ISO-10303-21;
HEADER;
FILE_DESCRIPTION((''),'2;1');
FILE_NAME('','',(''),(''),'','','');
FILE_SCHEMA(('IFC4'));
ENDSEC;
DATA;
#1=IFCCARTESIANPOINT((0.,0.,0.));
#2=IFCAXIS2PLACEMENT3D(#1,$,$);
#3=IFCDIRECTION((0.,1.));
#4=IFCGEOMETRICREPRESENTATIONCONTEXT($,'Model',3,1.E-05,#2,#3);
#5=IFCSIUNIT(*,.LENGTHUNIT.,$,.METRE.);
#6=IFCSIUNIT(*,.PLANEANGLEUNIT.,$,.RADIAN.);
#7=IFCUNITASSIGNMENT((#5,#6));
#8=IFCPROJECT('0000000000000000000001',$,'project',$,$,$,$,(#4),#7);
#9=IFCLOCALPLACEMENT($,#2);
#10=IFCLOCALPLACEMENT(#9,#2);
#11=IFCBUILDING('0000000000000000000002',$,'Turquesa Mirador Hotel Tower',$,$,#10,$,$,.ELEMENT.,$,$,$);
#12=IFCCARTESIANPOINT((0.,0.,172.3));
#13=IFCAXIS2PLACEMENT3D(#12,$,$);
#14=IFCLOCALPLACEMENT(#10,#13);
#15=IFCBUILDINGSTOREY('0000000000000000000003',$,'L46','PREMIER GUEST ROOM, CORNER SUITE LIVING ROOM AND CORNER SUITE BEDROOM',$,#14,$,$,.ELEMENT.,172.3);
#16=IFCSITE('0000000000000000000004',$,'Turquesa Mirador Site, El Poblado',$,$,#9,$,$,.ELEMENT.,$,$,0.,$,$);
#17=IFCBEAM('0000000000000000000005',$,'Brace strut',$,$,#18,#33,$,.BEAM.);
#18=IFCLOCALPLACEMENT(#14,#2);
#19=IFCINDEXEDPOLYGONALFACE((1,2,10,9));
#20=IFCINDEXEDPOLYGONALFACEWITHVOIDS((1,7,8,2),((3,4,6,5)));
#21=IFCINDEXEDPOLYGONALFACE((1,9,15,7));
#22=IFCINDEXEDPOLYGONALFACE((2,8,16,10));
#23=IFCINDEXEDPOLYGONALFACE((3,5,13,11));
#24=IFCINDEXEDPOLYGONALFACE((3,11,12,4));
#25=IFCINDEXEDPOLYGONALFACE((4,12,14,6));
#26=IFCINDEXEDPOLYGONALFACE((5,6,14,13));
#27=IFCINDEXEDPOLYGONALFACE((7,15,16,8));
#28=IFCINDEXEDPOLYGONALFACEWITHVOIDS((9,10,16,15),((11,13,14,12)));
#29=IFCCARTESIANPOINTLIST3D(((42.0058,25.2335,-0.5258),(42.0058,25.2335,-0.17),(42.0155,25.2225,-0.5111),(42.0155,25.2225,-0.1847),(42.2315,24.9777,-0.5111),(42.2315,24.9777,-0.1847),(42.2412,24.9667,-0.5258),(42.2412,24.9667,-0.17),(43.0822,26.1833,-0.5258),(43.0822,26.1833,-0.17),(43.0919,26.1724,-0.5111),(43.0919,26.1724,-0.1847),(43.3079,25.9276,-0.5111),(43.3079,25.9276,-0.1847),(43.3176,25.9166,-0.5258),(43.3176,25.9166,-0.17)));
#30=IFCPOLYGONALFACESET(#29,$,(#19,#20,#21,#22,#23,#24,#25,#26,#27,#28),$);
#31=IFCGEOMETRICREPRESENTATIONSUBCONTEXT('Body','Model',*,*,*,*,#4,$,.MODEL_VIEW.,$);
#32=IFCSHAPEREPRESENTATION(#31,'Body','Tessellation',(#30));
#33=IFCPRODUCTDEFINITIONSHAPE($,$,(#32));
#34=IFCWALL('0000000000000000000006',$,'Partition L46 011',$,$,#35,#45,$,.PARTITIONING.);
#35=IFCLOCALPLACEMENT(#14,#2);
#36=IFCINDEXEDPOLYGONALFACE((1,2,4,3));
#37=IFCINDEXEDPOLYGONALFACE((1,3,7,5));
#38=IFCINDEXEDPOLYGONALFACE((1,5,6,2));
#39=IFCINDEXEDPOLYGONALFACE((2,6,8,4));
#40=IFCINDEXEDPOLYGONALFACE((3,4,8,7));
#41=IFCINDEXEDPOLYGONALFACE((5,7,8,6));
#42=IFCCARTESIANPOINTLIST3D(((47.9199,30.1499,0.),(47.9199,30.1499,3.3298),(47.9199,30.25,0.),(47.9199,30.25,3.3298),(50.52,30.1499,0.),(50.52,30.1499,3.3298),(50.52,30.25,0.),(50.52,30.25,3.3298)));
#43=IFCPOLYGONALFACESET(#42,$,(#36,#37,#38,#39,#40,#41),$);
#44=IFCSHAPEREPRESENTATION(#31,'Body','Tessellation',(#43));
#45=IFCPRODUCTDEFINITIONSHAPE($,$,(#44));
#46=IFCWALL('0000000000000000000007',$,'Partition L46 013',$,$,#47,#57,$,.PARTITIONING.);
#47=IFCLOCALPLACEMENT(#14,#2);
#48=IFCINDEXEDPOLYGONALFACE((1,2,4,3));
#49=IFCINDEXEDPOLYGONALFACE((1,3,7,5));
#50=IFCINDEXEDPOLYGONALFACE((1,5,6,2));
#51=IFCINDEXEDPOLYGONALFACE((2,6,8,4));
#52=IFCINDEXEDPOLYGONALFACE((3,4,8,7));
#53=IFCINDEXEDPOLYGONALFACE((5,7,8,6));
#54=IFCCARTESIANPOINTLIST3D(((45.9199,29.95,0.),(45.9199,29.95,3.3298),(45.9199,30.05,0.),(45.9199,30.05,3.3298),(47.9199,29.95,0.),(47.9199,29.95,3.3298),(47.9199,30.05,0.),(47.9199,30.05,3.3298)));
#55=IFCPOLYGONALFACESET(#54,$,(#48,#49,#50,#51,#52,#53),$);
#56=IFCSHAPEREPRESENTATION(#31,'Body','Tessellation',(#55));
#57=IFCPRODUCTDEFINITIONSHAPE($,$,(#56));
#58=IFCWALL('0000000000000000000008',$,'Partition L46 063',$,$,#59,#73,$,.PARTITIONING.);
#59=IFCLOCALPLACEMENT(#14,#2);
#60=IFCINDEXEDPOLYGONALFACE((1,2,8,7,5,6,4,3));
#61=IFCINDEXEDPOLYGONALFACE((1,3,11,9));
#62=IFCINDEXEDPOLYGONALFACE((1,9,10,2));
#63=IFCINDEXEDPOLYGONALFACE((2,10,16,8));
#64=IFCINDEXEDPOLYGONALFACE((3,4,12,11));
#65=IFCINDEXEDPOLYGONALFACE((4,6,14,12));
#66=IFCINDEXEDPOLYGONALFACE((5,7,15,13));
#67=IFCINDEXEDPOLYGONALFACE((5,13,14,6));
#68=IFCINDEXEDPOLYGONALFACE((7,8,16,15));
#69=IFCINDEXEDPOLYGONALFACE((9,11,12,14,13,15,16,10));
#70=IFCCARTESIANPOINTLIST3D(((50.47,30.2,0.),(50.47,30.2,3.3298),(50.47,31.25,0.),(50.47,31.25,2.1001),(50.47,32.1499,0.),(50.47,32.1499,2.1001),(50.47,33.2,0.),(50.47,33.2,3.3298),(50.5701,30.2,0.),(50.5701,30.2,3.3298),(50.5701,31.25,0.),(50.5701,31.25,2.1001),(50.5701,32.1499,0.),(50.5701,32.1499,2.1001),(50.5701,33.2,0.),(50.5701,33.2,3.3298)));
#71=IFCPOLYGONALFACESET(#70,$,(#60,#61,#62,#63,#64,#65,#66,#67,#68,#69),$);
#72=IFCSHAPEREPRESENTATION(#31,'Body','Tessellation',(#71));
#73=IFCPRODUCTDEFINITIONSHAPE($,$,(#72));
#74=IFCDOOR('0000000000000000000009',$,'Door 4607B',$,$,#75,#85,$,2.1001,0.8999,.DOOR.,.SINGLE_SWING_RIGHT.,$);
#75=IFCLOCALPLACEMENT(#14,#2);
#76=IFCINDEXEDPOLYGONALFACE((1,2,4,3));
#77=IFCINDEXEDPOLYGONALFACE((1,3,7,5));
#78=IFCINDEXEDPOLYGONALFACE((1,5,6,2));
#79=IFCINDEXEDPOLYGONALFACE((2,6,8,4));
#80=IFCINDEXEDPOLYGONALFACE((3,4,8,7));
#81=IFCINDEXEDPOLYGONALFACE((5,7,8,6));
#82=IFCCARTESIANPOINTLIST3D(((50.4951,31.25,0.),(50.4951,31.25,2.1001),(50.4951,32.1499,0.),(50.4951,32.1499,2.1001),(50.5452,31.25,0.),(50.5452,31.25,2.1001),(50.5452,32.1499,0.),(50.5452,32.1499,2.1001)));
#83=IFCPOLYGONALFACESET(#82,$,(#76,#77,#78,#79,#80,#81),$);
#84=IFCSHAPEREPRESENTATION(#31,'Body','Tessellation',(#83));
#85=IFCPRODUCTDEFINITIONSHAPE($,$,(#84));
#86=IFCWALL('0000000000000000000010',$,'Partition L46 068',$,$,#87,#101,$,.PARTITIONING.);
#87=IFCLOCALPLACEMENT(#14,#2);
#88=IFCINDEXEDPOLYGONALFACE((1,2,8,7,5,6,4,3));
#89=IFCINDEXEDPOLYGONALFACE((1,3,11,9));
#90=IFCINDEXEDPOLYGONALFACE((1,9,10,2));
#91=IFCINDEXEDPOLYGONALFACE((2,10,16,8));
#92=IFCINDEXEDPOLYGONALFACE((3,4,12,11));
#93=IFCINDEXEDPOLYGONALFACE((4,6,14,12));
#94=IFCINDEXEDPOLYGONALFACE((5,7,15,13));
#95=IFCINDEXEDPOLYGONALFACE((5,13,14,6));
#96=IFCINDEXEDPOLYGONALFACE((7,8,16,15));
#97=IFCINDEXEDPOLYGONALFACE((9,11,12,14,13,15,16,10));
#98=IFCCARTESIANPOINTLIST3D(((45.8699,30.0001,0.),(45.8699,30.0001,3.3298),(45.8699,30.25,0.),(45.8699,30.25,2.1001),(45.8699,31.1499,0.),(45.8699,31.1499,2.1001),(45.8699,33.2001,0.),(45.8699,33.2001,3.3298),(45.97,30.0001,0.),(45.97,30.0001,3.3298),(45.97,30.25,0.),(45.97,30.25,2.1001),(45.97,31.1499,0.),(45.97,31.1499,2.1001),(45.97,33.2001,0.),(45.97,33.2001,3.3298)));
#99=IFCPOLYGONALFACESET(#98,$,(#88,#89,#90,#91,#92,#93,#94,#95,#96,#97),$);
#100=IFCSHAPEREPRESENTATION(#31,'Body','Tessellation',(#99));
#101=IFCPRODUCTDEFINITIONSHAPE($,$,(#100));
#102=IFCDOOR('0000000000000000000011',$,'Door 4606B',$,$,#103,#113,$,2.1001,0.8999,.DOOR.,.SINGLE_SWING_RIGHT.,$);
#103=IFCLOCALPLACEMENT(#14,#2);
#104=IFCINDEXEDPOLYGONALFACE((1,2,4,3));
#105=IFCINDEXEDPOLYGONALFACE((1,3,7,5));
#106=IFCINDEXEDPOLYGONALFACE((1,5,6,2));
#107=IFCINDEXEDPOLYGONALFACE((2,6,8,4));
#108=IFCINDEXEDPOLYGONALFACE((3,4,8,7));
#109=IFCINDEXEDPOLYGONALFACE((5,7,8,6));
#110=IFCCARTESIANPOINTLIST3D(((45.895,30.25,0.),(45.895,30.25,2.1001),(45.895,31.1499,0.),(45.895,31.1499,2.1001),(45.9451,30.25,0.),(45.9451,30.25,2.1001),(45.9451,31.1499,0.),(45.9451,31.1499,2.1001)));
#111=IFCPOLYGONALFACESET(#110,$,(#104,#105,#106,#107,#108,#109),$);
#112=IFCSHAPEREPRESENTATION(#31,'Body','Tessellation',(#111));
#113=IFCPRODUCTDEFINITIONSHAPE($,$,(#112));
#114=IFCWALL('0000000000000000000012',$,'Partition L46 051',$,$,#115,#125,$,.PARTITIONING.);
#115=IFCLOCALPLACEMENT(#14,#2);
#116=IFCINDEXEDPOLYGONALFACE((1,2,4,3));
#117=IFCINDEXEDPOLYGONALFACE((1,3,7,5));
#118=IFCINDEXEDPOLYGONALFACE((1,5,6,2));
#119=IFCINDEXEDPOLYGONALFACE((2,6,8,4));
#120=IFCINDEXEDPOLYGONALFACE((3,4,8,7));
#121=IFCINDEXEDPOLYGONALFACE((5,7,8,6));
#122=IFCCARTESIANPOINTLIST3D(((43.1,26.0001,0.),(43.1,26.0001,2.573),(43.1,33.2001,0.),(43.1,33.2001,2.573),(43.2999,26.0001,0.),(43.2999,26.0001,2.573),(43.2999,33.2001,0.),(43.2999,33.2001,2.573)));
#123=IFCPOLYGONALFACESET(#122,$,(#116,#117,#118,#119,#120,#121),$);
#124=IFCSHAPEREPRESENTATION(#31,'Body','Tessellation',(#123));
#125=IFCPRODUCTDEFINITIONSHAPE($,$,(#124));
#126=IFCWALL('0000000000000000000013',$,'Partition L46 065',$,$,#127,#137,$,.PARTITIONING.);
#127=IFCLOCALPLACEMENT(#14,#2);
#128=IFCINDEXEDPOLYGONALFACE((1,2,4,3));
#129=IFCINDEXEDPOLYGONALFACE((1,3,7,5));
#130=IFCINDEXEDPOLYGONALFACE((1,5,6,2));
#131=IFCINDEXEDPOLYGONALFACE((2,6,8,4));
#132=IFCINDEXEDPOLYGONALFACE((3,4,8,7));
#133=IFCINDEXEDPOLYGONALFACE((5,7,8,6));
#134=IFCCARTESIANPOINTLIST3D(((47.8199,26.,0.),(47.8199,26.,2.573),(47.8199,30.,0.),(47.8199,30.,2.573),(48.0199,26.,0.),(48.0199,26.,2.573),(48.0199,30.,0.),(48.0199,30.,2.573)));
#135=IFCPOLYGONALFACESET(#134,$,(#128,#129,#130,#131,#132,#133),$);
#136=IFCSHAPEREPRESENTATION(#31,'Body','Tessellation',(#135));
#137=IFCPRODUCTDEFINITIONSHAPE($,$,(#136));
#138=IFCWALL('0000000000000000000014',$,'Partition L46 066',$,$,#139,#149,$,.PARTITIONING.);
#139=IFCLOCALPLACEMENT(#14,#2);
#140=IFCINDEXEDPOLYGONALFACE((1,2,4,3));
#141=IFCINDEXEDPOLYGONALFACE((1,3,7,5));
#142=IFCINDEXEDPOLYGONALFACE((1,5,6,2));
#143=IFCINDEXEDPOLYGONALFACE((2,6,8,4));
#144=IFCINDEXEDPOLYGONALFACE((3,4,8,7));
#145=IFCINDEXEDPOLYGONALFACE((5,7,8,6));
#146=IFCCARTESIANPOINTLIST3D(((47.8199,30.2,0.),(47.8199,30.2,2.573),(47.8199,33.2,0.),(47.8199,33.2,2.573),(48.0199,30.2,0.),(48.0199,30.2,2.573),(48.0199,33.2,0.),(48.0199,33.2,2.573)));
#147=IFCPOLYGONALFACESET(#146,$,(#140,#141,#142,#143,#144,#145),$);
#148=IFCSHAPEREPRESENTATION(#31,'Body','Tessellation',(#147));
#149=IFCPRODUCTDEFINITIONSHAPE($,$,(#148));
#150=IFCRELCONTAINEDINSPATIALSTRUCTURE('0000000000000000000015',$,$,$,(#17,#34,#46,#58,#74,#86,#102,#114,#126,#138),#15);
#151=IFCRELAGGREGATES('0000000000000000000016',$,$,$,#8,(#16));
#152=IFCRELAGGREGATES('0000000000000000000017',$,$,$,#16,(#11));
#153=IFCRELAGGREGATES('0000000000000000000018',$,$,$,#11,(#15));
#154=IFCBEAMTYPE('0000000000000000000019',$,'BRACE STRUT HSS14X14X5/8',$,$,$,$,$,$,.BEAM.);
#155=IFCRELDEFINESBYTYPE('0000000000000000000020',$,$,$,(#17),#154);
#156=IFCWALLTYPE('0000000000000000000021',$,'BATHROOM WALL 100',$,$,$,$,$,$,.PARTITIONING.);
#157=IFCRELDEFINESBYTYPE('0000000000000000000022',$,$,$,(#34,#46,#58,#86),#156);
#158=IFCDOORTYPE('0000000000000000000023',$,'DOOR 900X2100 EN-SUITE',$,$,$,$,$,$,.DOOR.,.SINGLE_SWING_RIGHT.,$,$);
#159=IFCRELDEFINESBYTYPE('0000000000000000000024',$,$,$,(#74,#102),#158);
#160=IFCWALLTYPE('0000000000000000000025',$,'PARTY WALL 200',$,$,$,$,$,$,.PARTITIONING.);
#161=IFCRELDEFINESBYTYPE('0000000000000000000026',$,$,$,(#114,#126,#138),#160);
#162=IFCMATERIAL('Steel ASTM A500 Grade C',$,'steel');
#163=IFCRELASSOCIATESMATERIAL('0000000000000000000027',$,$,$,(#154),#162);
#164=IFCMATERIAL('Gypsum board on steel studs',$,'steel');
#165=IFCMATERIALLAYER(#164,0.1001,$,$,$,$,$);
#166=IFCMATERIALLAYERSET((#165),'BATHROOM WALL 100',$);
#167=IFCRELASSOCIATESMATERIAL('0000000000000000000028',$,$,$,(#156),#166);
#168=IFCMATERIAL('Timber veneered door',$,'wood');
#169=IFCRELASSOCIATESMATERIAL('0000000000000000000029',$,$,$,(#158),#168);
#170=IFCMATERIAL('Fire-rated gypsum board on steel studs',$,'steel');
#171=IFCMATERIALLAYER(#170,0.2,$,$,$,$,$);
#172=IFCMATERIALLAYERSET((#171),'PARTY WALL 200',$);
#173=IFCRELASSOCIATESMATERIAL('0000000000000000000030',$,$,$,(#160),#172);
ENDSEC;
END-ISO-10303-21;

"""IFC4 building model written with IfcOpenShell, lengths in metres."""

from ifc_helpers import new_model, si_unit, direction, frame, frame_2d, origin, origin_2d, place, context, subcontext, project, spatial, rectangle, hollow_rectangle, extrude, material, layer, layer_set, material_profile, profile_set, type_object, element, fill, save


model = new_model("IFC4")

# Units and contexts
model_context = context("Model", 3, precision=1e-05, world=origin(), true_north=direction((0.0, 1.0)))
body_context = subcontext(model_context, "Body", "Model", "MODEL_VIEW")
ifc_project = project(units=[si_unit("LENGTHUNIT", "METRE"), si_unit("PLANEANGLEUNIT", "RADIAN")], contexts=[model_context])

# Site, building, storey
site_placement = place(None, origin())
site = spatial("IfcSite", under=ifc_project, at=site_placement, Name="Turquesa Mirador Site, El Poblado", CompositionType="ELEMENT", RefElevation=0.0)
building_placement = place(site_placement, origin())
building = spatial("IfcBuilding", under=site, at=building_placement, Name="Turquesa Mirador Hotel Tower", CompositionType="ELEMENT")
storey_placement = place(building_placement, frame((0.0, 0.0, 172.3)))
storey = spatial("IfcBuildingStorey", under=building, at=storey_placement, Name="L46", Description="PREMIER GUEST ROOM, CORNER SUITE LIVING ROOM AND CORNER SUITE BEDROOM", CompositionType="ELEMENT", Elevation=172.3)

# Beam
ifc_material_1 = material(Name="Steel ASTM A500 Grade C", Category="steel")
ifc_material_profile_1 = material_profile(ifc_material_1, hollow_rectangle(XDim=0.3557, YDim=0.3557, WallThickness=0.0146, at=origin_2d()), Name="HSS14X14X5/8")
ifc_profile_set_1 = profile_set([ifc_material_profile_1], Name="Steel ASTM A500 Grade C")
beam_type_1 = type_object("IfcBeamType", Name="BRACE STRUT HSS14X14X5/8", PredefinedType="BEAM", material=ifc_profile_set_1)
beam_1_placement = place(storey_placement, frame((42.1235, 25.1001, -0.3479), z_axis=(0.749778, 0.661689, 0.0), x_axis=(-0.661689, 0.749778, 0.0)))
element("IfcBeam", 1, at=beam_1_placement, inside=storey, type_object=beam_type_1, Name="Brace strut", PredefinedType="BEAM", context=body_context, shape_type="SweptSolid", body=[
    extrude(hollow_rectangle(XDim=0.3557, YDim=0.3557, WallThickness=0.0146, at=origin_2d()), origin(), (0.0, 0.0, 1.0), 1.4355),
])

# Walls
ifc_material_2 = material(Name="Gypsum board on steel studs", Category="steel")
ifc_layer_1 = layer(ifc_material_2, 0.1001)
ifc_layer_set_1 = layer_set([ifc_layer_1], Name="BATHROOM WALL 100")
wall_type_1 = type_object("IfcWallType", Name="BATHROOM WALL 100", PredefinedType="PARTITIONING", material=ifc_layer_set_1)
wall_1_placement = place(storey_placement, frame((47.9199, 30.2, 0.0), z_axis=(0.0, 0.0, 1.0), x_axis=(1.0, 0.0, 0.0)))
element("IfcWall", 2, at=wall_1_placement, inside=storey, type_object=wall_type_1, Name="Partition L46 011", PredefinedType="PARTITIONING", context=body_context, shape_type="SweptSolid", body=[
    extrude(rectangle(XDim=2.6001, YDim=0.1001, at=frame_2d((1.3, 0.0))), origin(), (0.0, 0.0, 1.0), 3.3298),
])
wall_2_placement = place(storey_placement, frame((45.9199, 30.0, 0.0), z_axis=(0.0, 0.0, 1.0), x_axis=(1.0, 0.0, 0.0)))
element("IfcWall", 3, at=wall_2_placement, inside=storey, type_object=wall_type_1, Name="Partition L46 013", PredefinedType="PARTITIONING", context=body_context, shape_type="SweptSolid", body=[
    extrude(rectangle(XDim=2.0, YDim=0.1001, at=frame_2d((1.0, 0.0))), origin(), (0.0, 0.0, 1.0), 3.3298),
])

# Walls, openings, doors
wall_3_placement = place(storey_placement, frame((50.52, 30.2, 0.0), z_axis=(0.0, 0.0, 1.0), x_axis=(0.0, 1.0, 0.0)))
wall_3 = element("IfcWall", 4, at=wall_3_placement, inside=storey, type_object=wall_type_1, Name="Partition L46 063", PredefinedType="PARTITIONING", context=body_context, shape_type="SweptSolid", body=[
    extrude(rectangle(XDim=3.0, YDim=0.1001, at=frame_2d((1.5, 0.0))), origin(), (0.0, 0.0, 1.0), 3.3298),
])
opening_1_placement = place(wall_3_placement, frame((1.05, 0.0, 0.0)))
opening_1 = element("IfcOpeningElement", 5, at=opening_1_placement, cuts=wall_3, PredefinedType="OPENING", context=body_context, shape_type="SweptSolid", body=[
    extrude(rectangle(XDim=0.8999, YDim=2.1001, at=frame_2d((0.45, 1.05))), frame((0.0, 0.0601, 0.0), z_axis=(0.0, -1.0, 0.0), x_axis=(1.0, 0.0, 0.0)), (0.0, 0.0, 1.0), 0.1201),
])
ifc_material_3 = material(Name="Timber veneered door", Category="wood")
door_type = type_object("IfcDoorType", Name="DOOR 900X2100 EN-SUITE", OperationType="SINGLE_SWING_RIGHT", PredefinedType="DOOR", material=ifc_material_3)
door_1_placement = place(opening_1_placement, origin())
door_1 = element("IfcDoor", 6, at=door_1_placement, inside=storey, type_object=door_type, Name="Door 4607B", OperationType="SINGLE_SWING_RIGHT", OverallHeight=2.1001, OverallWidth=0.8999, PredefinedType="DOOR", context=body_context, shape_type="SweptSolid", body=[
    extrude(rectangle(XDim=0.8999, YDim=2.1001, at=frame_2d((0.45, 1.05))), frame((0.0, 0.0249, 0.0), z_axis=(0.0, -1.0, 0.0), x_axis=(1.0, 0.0, 0.0)), (0.0, 0.0, 1.0), 0.05),
])
fill(opening_1, door_1)
wall_4_placement = place(storey_placement, frame((45.9199, 30.0, 0.0), z_axis=(0.0, 0.0, 1.0), x_axis=(0.0, 1.0, 0.0)))
wall_4 = element("IfcWall", 7, at=wall_4_placement, inside=storey, type_object=wall_type_1, Name="Partition L46 068", PredefinedType="PARTITIONING", context=body_context, shape_type="SweptSolid", body=[
    extrude(rectangle(XDim=3.2, YDim=0.1001, at=frame_2d((1.6001, 0.0))), origin(), (0.0, 0.0, 1.0), 3.3298),
])
opening_2_placement = place(wall_4_placement, frame((0.25, 0.0, 0.0)))
opening_2 = element("IfcOpeningElement", 8, at=opening_2_placement, cuts=wall_4, PredefinedType="OPENING", context=body_context, shape_type="SweptSolid", body=[
    extrude(rectangle(XDim=0.8999, YDim=2.1001, at=frame_2d((0.45, 1.05))), frame((0.0, 0.0601, 0.0), z_axis=(0.0, -1.0, 0.0), x_axis=(1.0, 0.0, 0.0)), (0.0, 0.0, 1.0), 0.1201),
])
door_2_placement = place(opening_2_placement, origin())
door_2 = element("IfcDoor", 9, at=door_2_placement, inside=storey, type_object=door_type, Name="Door 4606B", OperationType="SINGLE_SWING_RIGHT", OverallHeight=2.1001, OverallWidth=0.8999, PredefinedType="DOOR", context=body_context, shape_type="SweptSolid", body=[
    extrude(rectangle(XDim=0.8999, YDim=2.1001, at=frame_2d((0.45, 1.05))), frame((0.0, 0.0249, 0.0), z_axis=(0.0, -1.0, 0.0), x_axis=(1.0, 0.0, 0.0)), (0.0, 0.0, 1.0), 0.05),
])
fill(opening_2, door_2)

# Walls
ifc_material_4 = material(Name="Fire-rated gypsum board on steel studs", Category="steel")
ifc_layer_2 = layer(ifc_material_4, 0.2)
ifc_layer_set_2 = layer_set([ifc_layer_2], Name="PARTY WALL 200")
wall_type_2 = type_object("IfcWallType", Name="PARTY WALL 200", PredefinedType="PARTITIONING", material=ifc_layer_set_2)
wall_5_placement = place(storey_placement, frame((43.2, 26.0, 0.0), z_axis=(0.0, 0.0, 1.0), x_axis=(0.0, 1.0, 0.0)))
element("IfcWall", 10, at=wall_5_placement, inside=storey, type_object=wall_type_2, Name="Partition L46 051", PredefinedType="PARTITIONING", context=body_context, shape_type="SweptSolid", body=[
    extrude(rectangle(XDim=7.2, YDim=0.2, at=frame_2d((3.6001, 0.0))), origin(), (0.0, 0.0, 1.0), 2.573),
])
wall_6_placement = place(storey_placement, frame((47.9199, 26.0, 0.0), z_axis=(0.0, 0.0, 1.0), x_axis=(0.0, 1.0, 0.0)))
element("IfcWall", 11, at=wall_6_placement, inside=storey, type_object=wall_type_2, Name="Partition L46 065", PredefinedType="PARTITIONING", context=body_context, shape_type="SweptSolid", body=[
    extrude(rectangle(XDim=4.0, YDim=0.2, at=frame_2d((2.0, 0.0))), origin(), (0.0, 0.0, 1.0), 2.573),
])
wall_7_placement = place(storey_placement, frame((47.9199, 30.2, 0.0), z_axis=(0.0, 0.0, 1.0), x_axis=(0.0, 1.0, 0.0)))
element("IfcWall", 12, at=wall_7_placement, inside=storey, type_object=wall_type_2, Name="Partition L46 066", PredefinedType="PARTITIONING", context=body_context, shape_type="SweptSolid", body=[
    extrude(rectangle(XDim=3.0, YDim=0.2, at=frame_2d((1.5, 0.0))), origin(), (0.0, 0.0, 1.0), 2.573),
])

save(model, "model.ifc")
